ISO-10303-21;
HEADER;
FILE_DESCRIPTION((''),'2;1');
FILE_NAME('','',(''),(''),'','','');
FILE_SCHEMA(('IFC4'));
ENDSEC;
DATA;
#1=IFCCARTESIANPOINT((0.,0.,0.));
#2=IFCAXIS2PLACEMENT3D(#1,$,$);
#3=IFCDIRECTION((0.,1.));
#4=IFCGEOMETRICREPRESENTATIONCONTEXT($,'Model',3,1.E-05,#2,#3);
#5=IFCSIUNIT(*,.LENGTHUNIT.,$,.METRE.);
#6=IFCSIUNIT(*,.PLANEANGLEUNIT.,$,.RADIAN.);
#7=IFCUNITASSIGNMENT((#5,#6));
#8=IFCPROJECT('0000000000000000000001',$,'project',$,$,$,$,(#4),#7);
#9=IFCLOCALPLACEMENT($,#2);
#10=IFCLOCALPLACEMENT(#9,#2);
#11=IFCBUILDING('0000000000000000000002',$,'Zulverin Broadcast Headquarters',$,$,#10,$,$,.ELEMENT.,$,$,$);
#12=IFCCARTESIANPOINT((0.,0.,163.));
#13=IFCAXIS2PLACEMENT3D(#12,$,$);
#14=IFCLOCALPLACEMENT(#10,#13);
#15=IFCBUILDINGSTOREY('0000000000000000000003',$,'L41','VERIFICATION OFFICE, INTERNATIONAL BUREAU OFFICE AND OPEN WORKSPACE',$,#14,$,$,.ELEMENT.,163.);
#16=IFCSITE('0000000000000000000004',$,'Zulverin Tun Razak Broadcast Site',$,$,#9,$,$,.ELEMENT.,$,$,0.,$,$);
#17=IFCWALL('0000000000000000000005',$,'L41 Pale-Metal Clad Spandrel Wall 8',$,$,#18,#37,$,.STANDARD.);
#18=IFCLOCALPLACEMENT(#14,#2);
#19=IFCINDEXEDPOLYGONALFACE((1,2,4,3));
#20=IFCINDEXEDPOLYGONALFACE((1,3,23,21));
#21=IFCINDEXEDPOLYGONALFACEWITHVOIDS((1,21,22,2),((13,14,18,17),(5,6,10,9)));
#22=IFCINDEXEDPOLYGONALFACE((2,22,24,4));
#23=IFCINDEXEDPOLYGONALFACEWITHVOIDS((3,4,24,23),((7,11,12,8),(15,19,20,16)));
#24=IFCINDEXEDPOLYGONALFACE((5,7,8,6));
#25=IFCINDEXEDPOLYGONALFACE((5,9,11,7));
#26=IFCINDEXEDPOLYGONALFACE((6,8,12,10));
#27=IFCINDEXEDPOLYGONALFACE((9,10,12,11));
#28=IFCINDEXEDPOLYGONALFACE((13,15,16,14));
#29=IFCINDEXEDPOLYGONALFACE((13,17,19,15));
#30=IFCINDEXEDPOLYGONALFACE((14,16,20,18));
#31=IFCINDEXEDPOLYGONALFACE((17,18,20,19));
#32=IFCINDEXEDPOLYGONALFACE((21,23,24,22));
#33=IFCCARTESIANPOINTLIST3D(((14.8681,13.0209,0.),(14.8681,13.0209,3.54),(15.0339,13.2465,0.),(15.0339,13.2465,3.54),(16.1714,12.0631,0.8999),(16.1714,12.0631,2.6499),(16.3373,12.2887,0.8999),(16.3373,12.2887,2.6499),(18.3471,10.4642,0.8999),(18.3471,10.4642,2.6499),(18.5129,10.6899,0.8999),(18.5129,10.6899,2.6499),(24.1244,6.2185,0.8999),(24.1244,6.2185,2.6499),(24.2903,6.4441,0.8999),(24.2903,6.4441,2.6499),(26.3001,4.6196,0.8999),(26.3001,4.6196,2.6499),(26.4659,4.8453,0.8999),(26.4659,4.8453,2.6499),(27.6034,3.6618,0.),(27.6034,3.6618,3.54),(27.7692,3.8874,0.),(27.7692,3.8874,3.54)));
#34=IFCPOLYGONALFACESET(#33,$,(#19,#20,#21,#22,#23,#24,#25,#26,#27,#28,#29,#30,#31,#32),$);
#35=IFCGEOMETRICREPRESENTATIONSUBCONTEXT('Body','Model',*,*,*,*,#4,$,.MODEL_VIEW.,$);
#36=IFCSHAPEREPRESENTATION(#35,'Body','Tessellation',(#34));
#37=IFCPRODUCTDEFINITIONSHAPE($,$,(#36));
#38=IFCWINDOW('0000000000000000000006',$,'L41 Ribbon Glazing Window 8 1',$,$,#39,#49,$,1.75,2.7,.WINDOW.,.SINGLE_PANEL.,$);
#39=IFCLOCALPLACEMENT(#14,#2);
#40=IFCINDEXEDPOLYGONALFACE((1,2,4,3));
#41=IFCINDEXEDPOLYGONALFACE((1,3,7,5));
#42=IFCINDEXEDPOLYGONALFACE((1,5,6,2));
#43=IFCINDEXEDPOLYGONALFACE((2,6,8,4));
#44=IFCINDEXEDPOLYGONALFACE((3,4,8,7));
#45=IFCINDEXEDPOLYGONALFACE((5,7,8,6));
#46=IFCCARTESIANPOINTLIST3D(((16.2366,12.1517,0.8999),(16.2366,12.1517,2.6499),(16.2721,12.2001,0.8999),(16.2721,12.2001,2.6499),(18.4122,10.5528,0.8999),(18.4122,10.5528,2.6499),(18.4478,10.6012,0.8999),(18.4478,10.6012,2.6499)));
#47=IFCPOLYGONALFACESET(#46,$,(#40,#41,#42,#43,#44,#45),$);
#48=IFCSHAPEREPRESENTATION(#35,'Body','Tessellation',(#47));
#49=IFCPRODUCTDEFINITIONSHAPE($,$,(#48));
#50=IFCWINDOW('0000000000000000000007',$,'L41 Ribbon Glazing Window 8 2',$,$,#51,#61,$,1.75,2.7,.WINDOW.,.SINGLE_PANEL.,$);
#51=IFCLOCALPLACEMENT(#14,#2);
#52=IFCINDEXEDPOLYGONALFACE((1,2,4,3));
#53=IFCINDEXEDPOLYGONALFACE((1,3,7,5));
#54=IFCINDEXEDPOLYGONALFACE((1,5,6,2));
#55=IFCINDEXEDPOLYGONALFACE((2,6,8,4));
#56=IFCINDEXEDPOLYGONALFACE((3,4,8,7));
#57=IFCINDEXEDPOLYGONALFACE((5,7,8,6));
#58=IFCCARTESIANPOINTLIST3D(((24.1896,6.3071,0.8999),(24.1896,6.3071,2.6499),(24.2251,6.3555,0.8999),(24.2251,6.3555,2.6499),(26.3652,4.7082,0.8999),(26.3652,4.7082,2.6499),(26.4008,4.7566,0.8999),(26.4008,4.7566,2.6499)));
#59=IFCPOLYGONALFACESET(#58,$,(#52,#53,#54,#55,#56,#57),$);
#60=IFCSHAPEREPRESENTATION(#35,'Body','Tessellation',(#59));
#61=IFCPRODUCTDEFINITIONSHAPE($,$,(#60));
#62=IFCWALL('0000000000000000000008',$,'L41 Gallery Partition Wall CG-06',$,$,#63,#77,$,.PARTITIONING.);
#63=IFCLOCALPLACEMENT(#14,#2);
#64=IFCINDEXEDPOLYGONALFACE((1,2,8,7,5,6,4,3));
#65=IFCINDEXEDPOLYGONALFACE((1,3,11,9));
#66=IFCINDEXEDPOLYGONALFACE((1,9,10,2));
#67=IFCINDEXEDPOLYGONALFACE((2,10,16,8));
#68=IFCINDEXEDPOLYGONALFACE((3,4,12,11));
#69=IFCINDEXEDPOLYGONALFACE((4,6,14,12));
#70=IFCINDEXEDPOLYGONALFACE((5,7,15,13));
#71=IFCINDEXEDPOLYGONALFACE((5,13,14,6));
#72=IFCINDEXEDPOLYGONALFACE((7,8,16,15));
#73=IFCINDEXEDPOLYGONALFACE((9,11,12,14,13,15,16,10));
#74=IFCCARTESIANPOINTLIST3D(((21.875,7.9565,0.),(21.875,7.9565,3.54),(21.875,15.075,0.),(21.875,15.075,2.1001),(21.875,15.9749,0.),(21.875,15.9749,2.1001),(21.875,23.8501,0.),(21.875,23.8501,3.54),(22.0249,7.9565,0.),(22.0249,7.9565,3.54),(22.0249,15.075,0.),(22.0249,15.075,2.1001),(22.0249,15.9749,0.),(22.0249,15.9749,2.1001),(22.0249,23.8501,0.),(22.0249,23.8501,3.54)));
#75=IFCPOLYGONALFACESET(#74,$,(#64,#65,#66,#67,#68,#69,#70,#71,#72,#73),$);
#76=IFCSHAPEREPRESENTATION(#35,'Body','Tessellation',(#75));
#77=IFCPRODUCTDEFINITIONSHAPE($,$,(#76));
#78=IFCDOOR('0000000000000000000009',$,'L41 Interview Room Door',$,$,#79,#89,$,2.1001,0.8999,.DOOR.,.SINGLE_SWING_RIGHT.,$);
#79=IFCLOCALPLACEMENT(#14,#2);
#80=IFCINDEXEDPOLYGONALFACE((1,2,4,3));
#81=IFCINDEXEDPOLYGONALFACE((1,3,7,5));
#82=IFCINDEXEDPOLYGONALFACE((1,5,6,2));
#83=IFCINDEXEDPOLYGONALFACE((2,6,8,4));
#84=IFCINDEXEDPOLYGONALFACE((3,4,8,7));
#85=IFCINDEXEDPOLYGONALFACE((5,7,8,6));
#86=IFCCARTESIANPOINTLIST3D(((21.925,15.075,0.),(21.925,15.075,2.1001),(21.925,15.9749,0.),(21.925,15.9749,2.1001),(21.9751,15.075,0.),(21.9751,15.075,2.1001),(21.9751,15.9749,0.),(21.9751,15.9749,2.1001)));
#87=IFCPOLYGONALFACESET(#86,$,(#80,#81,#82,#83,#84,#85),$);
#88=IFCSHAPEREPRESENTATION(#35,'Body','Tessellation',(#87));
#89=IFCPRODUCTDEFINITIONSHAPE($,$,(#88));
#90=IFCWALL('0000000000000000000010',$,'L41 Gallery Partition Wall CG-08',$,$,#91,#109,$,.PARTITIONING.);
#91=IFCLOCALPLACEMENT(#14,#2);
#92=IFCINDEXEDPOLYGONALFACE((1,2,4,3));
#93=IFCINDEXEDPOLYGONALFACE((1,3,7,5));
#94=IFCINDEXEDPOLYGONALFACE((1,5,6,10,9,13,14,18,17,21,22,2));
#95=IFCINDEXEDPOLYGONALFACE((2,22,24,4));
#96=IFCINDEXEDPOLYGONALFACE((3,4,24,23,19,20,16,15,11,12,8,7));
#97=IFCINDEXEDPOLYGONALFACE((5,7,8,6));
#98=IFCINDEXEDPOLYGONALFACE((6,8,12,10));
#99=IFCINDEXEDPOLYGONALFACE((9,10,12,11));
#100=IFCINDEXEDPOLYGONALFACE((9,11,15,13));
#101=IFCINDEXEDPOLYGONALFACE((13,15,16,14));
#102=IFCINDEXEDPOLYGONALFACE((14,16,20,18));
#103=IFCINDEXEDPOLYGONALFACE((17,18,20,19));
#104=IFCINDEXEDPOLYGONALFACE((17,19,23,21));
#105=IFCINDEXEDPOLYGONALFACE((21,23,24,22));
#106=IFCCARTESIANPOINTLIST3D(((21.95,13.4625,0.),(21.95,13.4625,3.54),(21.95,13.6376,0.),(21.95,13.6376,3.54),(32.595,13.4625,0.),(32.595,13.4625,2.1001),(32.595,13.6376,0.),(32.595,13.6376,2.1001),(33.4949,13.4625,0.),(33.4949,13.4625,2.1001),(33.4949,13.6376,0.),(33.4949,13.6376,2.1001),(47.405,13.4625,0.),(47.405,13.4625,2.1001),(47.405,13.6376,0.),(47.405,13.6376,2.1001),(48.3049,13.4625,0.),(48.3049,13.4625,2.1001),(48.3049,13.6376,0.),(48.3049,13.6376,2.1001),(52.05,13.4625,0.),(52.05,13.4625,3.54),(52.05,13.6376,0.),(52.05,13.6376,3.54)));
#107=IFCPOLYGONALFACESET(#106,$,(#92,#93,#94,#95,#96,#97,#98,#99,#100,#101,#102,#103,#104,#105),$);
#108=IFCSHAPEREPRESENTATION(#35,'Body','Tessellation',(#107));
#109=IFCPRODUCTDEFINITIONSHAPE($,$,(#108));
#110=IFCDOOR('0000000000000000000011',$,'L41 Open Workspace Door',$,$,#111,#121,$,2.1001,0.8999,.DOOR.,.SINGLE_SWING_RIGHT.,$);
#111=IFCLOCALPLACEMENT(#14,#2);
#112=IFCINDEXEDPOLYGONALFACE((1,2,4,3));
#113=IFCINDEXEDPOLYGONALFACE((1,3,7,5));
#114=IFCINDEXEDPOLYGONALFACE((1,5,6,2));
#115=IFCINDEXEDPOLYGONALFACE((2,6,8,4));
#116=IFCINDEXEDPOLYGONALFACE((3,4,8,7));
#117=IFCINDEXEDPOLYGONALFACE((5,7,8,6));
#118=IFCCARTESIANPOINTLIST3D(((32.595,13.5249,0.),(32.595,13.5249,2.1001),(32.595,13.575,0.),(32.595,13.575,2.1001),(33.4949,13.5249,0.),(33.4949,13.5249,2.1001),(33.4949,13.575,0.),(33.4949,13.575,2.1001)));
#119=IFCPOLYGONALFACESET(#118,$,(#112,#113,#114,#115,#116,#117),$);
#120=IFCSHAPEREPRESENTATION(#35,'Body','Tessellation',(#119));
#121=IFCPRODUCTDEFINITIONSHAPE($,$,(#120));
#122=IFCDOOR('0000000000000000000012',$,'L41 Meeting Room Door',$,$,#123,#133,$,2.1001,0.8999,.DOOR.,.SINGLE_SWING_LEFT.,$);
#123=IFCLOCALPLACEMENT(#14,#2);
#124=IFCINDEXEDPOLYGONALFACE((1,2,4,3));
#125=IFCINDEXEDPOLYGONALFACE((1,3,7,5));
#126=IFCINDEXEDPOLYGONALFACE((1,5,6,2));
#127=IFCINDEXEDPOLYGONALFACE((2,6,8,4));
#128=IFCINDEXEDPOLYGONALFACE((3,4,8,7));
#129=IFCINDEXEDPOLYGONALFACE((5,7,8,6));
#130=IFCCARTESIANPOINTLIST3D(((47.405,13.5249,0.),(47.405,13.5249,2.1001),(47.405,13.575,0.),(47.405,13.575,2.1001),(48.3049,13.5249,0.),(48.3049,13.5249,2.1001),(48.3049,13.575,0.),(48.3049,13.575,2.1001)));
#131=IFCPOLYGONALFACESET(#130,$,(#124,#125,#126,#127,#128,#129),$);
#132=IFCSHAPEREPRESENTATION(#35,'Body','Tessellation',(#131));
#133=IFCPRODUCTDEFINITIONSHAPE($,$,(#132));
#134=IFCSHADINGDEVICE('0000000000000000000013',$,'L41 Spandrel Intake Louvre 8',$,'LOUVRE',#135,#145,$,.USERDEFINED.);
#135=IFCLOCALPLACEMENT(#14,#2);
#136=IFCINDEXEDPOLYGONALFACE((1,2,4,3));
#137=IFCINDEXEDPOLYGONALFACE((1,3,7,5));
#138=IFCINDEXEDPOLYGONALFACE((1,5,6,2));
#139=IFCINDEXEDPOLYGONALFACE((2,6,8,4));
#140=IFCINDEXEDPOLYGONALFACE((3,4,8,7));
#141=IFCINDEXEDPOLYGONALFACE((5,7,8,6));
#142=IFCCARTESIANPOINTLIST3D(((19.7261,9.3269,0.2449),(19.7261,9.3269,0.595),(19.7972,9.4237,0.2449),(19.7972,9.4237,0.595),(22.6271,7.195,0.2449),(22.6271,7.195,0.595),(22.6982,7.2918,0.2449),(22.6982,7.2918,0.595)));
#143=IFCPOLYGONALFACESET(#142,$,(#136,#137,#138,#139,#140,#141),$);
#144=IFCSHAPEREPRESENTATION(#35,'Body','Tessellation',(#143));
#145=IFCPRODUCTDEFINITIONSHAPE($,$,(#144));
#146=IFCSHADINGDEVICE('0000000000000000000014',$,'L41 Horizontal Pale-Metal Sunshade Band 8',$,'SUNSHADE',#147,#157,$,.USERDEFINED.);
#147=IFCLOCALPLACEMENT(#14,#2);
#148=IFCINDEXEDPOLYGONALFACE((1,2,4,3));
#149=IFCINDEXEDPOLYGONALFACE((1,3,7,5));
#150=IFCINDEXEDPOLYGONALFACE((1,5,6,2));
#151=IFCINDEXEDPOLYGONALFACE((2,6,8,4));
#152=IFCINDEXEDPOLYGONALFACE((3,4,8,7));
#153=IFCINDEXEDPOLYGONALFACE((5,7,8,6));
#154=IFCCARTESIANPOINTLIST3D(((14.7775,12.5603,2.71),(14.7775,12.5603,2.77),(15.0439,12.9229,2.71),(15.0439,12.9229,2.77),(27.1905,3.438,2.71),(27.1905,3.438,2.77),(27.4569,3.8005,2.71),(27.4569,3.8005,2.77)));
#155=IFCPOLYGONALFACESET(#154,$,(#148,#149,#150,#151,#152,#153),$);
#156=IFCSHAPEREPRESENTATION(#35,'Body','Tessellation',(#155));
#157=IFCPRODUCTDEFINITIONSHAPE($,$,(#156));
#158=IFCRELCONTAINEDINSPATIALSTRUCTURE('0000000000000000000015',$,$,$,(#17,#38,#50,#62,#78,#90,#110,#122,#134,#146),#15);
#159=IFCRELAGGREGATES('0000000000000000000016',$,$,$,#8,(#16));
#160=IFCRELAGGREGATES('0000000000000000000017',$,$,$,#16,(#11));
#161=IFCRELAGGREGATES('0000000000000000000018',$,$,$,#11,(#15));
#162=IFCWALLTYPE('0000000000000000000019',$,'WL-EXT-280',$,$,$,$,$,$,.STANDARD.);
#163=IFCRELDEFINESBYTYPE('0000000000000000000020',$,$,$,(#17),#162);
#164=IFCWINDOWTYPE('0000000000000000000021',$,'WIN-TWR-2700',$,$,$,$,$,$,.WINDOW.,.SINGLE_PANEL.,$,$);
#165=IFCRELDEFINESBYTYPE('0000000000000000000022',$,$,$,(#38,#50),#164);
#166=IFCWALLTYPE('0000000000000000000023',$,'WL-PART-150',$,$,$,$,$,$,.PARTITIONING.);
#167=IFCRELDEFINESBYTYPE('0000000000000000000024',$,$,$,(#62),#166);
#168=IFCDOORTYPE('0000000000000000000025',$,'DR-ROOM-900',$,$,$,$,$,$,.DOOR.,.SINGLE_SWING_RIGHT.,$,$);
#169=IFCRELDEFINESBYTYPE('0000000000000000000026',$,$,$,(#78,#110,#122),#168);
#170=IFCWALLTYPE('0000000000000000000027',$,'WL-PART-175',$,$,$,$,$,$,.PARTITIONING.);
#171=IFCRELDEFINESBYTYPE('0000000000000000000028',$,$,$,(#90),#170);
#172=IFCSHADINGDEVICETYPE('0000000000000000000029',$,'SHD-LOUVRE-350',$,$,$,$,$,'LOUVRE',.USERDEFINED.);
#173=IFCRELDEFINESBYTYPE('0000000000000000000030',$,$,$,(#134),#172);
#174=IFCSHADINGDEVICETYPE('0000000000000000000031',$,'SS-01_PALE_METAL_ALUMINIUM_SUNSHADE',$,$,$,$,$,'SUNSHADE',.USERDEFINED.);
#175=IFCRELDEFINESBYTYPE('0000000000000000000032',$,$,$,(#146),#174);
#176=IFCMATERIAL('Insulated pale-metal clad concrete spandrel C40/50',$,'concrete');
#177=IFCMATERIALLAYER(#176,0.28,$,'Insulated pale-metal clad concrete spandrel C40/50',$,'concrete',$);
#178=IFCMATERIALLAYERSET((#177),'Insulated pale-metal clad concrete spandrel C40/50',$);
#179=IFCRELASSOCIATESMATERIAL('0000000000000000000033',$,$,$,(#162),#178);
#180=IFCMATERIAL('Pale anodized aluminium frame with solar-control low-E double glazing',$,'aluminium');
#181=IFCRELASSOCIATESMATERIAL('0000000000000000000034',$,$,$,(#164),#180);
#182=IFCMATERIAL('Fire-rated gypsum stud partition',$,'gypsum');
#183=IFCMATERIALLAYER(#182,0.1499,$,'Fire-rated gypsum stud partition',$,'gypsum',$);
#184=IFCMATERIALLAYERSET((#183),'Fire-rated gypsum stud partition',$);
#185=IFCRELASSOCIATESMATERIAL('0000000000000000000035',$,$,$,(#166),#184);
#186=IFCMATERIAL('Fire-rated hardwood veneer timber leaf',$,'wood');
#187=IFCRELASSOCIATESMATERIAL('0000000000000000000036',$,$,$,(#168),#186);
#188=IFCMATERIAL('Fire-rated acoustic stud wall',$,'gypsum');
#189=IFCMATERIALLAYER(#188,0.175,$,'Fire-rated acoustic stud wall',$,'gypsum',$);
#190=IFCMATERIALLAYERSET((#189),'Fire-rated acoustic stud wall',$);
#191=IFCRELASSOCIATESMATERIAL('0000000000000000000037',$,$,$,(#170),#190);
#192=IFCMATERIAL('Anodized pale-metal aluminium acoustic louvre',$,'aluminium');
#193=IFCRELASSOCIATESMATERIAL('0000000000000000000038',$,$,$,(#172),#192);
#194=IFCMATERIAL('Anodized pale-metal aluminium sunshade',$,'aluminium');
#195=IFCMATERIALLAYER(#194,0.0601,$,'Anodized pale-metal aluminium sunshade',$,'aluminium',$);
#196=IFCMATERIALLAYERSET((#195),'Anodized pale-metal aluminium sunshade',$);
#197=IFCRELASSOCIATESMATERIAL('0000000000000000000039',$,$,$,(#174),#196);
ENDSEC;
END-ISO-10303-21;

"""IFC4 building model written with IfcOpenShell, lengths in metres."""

from ifc_helpers import new_model, si_unit, direction, frame, frame_2d, origin, origin_2d, place, context, subcontext, project, spatial, rectangle, extrude, material, layer, layer_set, type_object, element, fill, save


model = new_model("IFC4")

# Units and contexts
model_context = context("Model", 3, precision=1e-05, world=origin(), true_north=direction((0.0, 1.0)))
body_context = subcontext(model_context, "Body", "Model", "MODEL_VIEW")
ifc_project = project(units=[si_unit("LENGTHUNIT", "METRE"), si_unit("PLANEANGLEUNIT", "RADIAN")], contexts=[model_context])

# Site, building, storey
site_placement = place(None, origin())
site = spatial("IfcSite", under=ifc_project, at=site_placement, Name="Zulverin Tun Razak Broadcast Site", CompositionType="ELEMENT", RefElevation=0.0)
building_placement = place(site_placement, origin())
building = spatial("IfcBuilding", under=site, at=building_placement, Name="Zulverin Broadcast Headquarters", CompositionType="ELEMENT")
storey_placement = place(building_placement, frame((0.0, 0.0, 163.0)))
storey = spatial("IfcBuildingStorey", under=building, at=storey_placement, Name="L41", Description="VERIFICATION OFFICE, INTERNATIONAL BUREAU OFFICE AND OPEN WORKSPACE", CompositionType="ELEMENT", Elevation=163.0)

# Wall, openings, windows
ifc_material_1 = material(Name="Insulated pale-metal clad concrete spandrel C40/50", Category="concrete")
ifc_layer_1 = layer(ifc_material_1, 0.28, Name="Insulated pale-metal clad concrete spandrel C40/50", Category="concrete")
ifc_layer_set_1 = layer_set([ifc_layer_1], Name="Insulated pale-metal clad concrete spandrel C40/50")
wall_type_1 = type_object("IfcWallType", Name="WL-EXT-280", PredefinedType="STANDARD", material=ifc_layer_set_1)
wall_1_placement = place(storey_placement, frame((14.9509, 13.1338, 0.0), z_axis=(0.0, 0.0, 1.0), x_axis=(0.805805, -0.592181, 0.0)))
wall_1 = element("IfcWall", 1, at=wall_1_placement, inside=storey, type_object=wall_type_1, Name="L41 Pale-Metal Clad Spandrel Wall 8", PredefinedType="STANDARD", context=body_context, shape_type="SweptSolid", body=[
    extrude(rectangle(XDim=15.8044, YDim=0.28, at=frame_2d((7.9023, 0.0))), origin(), (0.0, 0.0, 1.0), 3.54),
])
opening_1_placement = place(wall_1_placement, frame((1.6174, 0.0, 0.8999)))
opening_1 = element("IfcOpeningElement", 2, at=opening_1_placement, cuts=wall_1, PredefinedType="OPENING", context=body_context, shape_type="SweptSolid", body=[
    extrude(rectangle(XDim=2.7, YDim=1.75, at=frame_2d((1.3501, 0.875))), frame((0.0, 0.1499, 0.0), z_axis=(0.0, -1.0, 0.0), x_axis=(1.0, 0.0, 0.0)), (0.0, 0.0, 1.0), 0.3),
])
opening_2_placement = place(wall_1_placement, frame((11.4871, 0.0, 0.8999)))
opening_2 = element("IfcOpeningElement", 3, at=opening_2_placement, cuts=wall_1, PredefinedType="OPENING", context=body_context, shape_type="SweptSolid", body=[
    extrude(rectangle(XDim=2.7, YDim=1.75, at=frame_2d((1.3501, 0.875))), frame((0.0, 0.1499, 0.0), z_axis=(0.0, -1.0, 0.0), x_axis=(1.0, 0.0, 0.0)), (0.0, 0.0, 1.0), 0.3),
])
ifc_material_2 = material(Name="Pale anodized aluminium frame with solar-control low-E double glazing", Category="aluminium")
window_type = type_object("IfcWindowType", Name="WIN-TWR-2700", PartitioningType="SINGLE_PANEL", PredefinedType="WINDOW", material=ifc_material_2)
window_1_placement = place(opening_1_placement, origin())
window_1 = element("IfcWindow", 4, at=window_1_placement, inside=storey, type_object=window_type, Name="L41 Ribbon Glazing Window 8 1", OverallHeight=1.75, OverallWidth=2.7, PartitioningType="SINGLE_PANEL", PredefinedType="WINDOW", context=body_context, shape_type="SweptSolid", body=[
    extrude(rectangle(XDim=2.7, YDim=1.75, at=frame_2d((1.3501, 0.875))), frame((0.0, 0.03, 0.0), z_axis=(0.0, -1.0, 0.0), x_axis=(1.0, 0.0, 0.0)), (0.0, 0.0, 1.0), 0.0601),
])
fill(opening_1, window_1)
window_2_placement = place(opening_2_placement, origin())
window_2 = element("IfcWindow", 5, at=window_2_placement, inside=storey, type_object=window_type, Name="L41 Ribbon Glazing Window 8 2", OverallHeight=1.75, OverallWidth=2.7, PartitioningType="SINGLE_PANEL", PredefinedType="WINDOW", context=body_context, shape_type="SweptSolid", body=[
    extrude(rectangle(XDim=2.7, YDim=1.75, at=frame_2d((1.3501, 0.875))), frame((0.0, 0.03, 0.0), z_axis=(0.0, -1.0, 0.0), x_axis=(1.0, 0.0, 0.0)), (0.0, 0.0, 1.0), 0.0601),
])
fill(opening_2, window_2)

# Wall, opening, door
ifc_material_3 = material(Name="Fire-rated gypsum stud partition", Category="gypsum")
ifc_layer_2 = layer(ifc_material_3, 0.1499, Name="Fire-rated gypsum stud partition", Category="gypsum")
ifc_layer_set_2 = layer_set([ifc_layer_2], Name="Fire-rated gypsum stud partition")
wall_type_2 = type_object("IfcWallType", Name="WL-PART-150", PredefinedType="PARTITIONING", material=ifc_layer_set_2)
wall_2_placement = place(storey_placement, frame((21.95, 7.9565, 0.0), z_axis=(0.0, 0.0, 1.0), x_axis=(0.0, 1.0, 0.0)))
wall_2 = element("IfcWall", 6, at=wall_2_placement, inside=storey, type_object=wall_type_2, Name="L41 Gallery Partition Wall CG-06", PredefinedType="PARTITIONING", context=body_context, shape_type="SweptSolid", body=[
    extrude(rectangle(XDim=15.8936, YDim=0.1499, at=frame_2d((7.9468, 0.0))), origin(), (0.0, 0.0, 1.0), 3.54),
])
opening_3_placement = place(wall_2_placement, frame((7.1184, 0.0, 0.0)))
opening_3 = element("IfcOpeningElement", 7, at=opening_3_placement, cuts=wall_2, PredefinedType="OPENING", context=body_context, shape_type="SweptSolid", body=[
    extrude(rectangle(XDim=0.8999, YDim=2.1001, at=frame_2d((0.45, 1.05))), frame((0.0, 0.085, 0.0), z_axis=(0.0, -1.0, 0.0), x_axis=(1.0, 0.0, 0.0)), (0.0, 0.0, 1.0), 0.1699),
])
ifc_material_4 = material(Name="Fire-rated hardwood veneer timber leaf", Category="wood")
door_type_1 = type_object("IfcDoorType", Name="DR-ROOM-900", OperationType="SINGLE_SWING_RIGHT", PredefinedType="DOOR", material=ifc_material_4)
door_1_placement = place(opening_3_placement, origin())
door_1 = element("IfcDoor", 8, at=door_1_placement, inside=storey, type_object=door_type_1, Name="L41 Interview Room Door", OperationType="SINGLE_SWING_RIGHT", OverallHeight=2.1001, OverallWidth=0.8999, PredefinedType="DOOR", context=body_context, shape_type="SweptSolid", body=[
    extrude(rectangle(XDim=0.8999, YDim=2.1001, at=frame_2d((0.45, 1.05))), frame((0.0, 0.0249, 0.0), z_axis=(0.0, -1.0, 0.0), x_axis=(1.0, 0.0, 0.0)), (0.0, 0.0, 1.0), 0.05),
])
fill(opening_3, door_1)

# Wall, openings, doors
ifc_material_5 = material(Name="Fire-rated acoustic stud wall", Category="gypsum")
ifc_layer_3 = layer(ifc_material_5, 0.175, Name="Fire-rated acoustic stud wall", Category="gypsum")
ifc_layer_set_3 = layer_set([ifc_layer_3], Name="Fire-rated acoustic stud wall")
wall_type_3 = type_object("IfcWallType", Name="WL-PART-175", PredefinedType="PARTITIONING", material=ifc_layer_set_3)
wall_3_placement = place(storey_placement, frame((21.95, 13.55, 0.0), z_axis=(0.0, 0.0, 1.0), x_axis=(1.0, 0.0, 0.0)))
wall_3 = element("IfcWall", 9, at=wall_3_placement, inside=storey, type_object=wall_type_3, Name="L41 Gallery Partition Wall CG-08", PredefinedType="PARTITIONING", context=body_context, shape_type="SweptSolid", body=[
    extrude(rectangle(XDim=30.1001, YDim=0.175, at=frame_2d((15.05, 0.0))), origin(), (0.0, 0.0, 1.0), 3.54),
])
opening_4_placement = place(wall_3_placement, frame((10.645, 0.0, 0.0)))
opening_4 = element("IfcOpeningElement", 10, at=opening_4_placement, cuts=wall_3, PredefinedType="OPENING", context=body_context, shape_type="SweptSolid", body=[
    extrude(rectangle(XDim=0.8999, YDim=2.1001, at=frame_2d((0.45, 1.05))), frame((0.0, 0.0974, 0.0), z_axis=(0.0, -1.0, 0.0), x_axis=(1.0, 0.0, 0.0)), (0.0, 0.0, 1.0), 0.1951),
])
opening_5_placement = place(wall_3_placement, frame((25.4551, 0.0, 0.0)))
opening_5 = element("IfcOpeningElement", 11, at=opening_5_placement, cuts=wall_3, PredefinedType="OPENING", context=body_context, shape_type="SweptSolid", body=[
    extrude(rectangle(XDim=0.8999, YDim=2.1001, at=frame_2d((0.45, 1.05))), frame((0.0, 0.0974, 0.0), z_axis=(0.0, -1.0, 0.0), x_axis=(1.0, 0.0, 0.0)), (0.0, 0.0, 1.0), 0.1951),
])
door_2_placement = place(opening_4_placement, origin())
door_2 = element("IfcDoor", 12, at=door_2_placement, inside=storey, type_object=door_type_1, Name="L41 Open Workspace Door", OperationType="SINGLE_SWING_RIGHT", OverallHeight=2.1001, OverallWidth=0.8999, PredefinedType="DOOR", context=body_context, shape_type="SweptSolid", body=[
    extrude(rectangle(XDim=0.8999, YDim=2.1001, at=frame_2d((0.45, 1.05))), frame((0.0, 0.0249, 0.0), z_axis=(0.0, -1.0, 0.0), x_axis=(1.0, 0.0, 0.0)), (0.0, 0.0, 1.0), 0.05),
])
fill(opening_4, door_2)
door_3_placement = place(opening_5_placement, origin())
door_3 = element("IfcDoor", 13, at=door_3_placement, inside=storey, type_object=door_type_1, Name="L41 Meeting Room Door", OperationType="SINGLE_SWING_LEFT", OverallHeight=2.1001, OverallWidth=0.8999, PredefinedType="DOOR", context=body_context, shape_type="SweptSolid", body=[
    extrude(rectangle(XDim=0.8999, YDim=2.1001, at=frame_2d((0.45, 1.05))), frame((0.0, 0.0249, 0.0), z_axis=(0.0, -1.0, 0.0), x_axis=(1.0, 0.0, 0.0)), (0.0, 0.0, 1.0), 0.05),
])
fill(opening_5, door_3)

# Shading devices
ifc_material_6 = material(Name="Anodized pale-metal aluminium acoustic louvre", Category="aluminium")
shading_device_type_1 = type_object("IfcShadingDeviceType", Name="SHD-LOUVRE-350", ElementType="LOUVRE", PredefinedType="USERDEFINED", material=ifc_material_6)
shading_device_1_placement = place(storey_placement, frame((21.2122, 8.3093, 0.2449), z_axis=(0.0, 0.0, 1.0), x_axis=(0.805802, -0.592185, 0.0)))
element("IfcShadingDevice", 14, at=shading_device_1_placement, inside=storey, type_object=shading_device_type_1, Name="L41 Spandrel Intake Louvre 8", ObjectType="LOUVRE", PredefinedType="USERDEFINED", context=body_context, shape_type="SweptSolid", body=[
    extrude(rectangle(XDim=3.6001, YDim=0.1201, at=origin_2d()), origin(), (0.0, 0.0, 1.0), 0.3501),
])
ifc_material_7 = material(Name="Anodized pale-metal aluminium sunshade", Category="aluminium")
ifc_layer_4 = layer(ifc_material_7, 0.0601, Name="Anodized pale-metal aluminium sunshade", Category="aluminium")
ifc_layer_set_4 = layer_set([ifc_layer_4], Name="Anodized pale-metal aluminium sunshade")
shading_device_type_2 = type_object("IfcShadingDeviceType", Name="SS-01_PALE_METAL_ALUMINIUM_SUNSHADE", ElementType="SUNSHADE", PredefinedType="USERDEFINED", material=ifc_layer_set_4)
shading_device_2_placement = place(storey_placement, frame((21.1172, 8.1804, 2.71), z_axis=(0.0, 0.0, 1.0), x_axis=(0.805802, -0.592185, 0.0)))
element("IfcShadingDevice", 15, at=shading_device_2_placement, inside=storey, type_object=shading_device_type_2, Name="L41 Horizontal Pale-Metal Sunshade Band 8", ObjectType="SUNSHADE", PredefinedType="USERDEFINED", context=body_context, shape_type="SweptSolid", body=[
    extrude(rectangle(XDim=15.4045, YDim=0.45, at=origin_2d()), origin(), (0.0, 0.0, 1.0), 0.0601),
])

save(model, "model.ifc")
